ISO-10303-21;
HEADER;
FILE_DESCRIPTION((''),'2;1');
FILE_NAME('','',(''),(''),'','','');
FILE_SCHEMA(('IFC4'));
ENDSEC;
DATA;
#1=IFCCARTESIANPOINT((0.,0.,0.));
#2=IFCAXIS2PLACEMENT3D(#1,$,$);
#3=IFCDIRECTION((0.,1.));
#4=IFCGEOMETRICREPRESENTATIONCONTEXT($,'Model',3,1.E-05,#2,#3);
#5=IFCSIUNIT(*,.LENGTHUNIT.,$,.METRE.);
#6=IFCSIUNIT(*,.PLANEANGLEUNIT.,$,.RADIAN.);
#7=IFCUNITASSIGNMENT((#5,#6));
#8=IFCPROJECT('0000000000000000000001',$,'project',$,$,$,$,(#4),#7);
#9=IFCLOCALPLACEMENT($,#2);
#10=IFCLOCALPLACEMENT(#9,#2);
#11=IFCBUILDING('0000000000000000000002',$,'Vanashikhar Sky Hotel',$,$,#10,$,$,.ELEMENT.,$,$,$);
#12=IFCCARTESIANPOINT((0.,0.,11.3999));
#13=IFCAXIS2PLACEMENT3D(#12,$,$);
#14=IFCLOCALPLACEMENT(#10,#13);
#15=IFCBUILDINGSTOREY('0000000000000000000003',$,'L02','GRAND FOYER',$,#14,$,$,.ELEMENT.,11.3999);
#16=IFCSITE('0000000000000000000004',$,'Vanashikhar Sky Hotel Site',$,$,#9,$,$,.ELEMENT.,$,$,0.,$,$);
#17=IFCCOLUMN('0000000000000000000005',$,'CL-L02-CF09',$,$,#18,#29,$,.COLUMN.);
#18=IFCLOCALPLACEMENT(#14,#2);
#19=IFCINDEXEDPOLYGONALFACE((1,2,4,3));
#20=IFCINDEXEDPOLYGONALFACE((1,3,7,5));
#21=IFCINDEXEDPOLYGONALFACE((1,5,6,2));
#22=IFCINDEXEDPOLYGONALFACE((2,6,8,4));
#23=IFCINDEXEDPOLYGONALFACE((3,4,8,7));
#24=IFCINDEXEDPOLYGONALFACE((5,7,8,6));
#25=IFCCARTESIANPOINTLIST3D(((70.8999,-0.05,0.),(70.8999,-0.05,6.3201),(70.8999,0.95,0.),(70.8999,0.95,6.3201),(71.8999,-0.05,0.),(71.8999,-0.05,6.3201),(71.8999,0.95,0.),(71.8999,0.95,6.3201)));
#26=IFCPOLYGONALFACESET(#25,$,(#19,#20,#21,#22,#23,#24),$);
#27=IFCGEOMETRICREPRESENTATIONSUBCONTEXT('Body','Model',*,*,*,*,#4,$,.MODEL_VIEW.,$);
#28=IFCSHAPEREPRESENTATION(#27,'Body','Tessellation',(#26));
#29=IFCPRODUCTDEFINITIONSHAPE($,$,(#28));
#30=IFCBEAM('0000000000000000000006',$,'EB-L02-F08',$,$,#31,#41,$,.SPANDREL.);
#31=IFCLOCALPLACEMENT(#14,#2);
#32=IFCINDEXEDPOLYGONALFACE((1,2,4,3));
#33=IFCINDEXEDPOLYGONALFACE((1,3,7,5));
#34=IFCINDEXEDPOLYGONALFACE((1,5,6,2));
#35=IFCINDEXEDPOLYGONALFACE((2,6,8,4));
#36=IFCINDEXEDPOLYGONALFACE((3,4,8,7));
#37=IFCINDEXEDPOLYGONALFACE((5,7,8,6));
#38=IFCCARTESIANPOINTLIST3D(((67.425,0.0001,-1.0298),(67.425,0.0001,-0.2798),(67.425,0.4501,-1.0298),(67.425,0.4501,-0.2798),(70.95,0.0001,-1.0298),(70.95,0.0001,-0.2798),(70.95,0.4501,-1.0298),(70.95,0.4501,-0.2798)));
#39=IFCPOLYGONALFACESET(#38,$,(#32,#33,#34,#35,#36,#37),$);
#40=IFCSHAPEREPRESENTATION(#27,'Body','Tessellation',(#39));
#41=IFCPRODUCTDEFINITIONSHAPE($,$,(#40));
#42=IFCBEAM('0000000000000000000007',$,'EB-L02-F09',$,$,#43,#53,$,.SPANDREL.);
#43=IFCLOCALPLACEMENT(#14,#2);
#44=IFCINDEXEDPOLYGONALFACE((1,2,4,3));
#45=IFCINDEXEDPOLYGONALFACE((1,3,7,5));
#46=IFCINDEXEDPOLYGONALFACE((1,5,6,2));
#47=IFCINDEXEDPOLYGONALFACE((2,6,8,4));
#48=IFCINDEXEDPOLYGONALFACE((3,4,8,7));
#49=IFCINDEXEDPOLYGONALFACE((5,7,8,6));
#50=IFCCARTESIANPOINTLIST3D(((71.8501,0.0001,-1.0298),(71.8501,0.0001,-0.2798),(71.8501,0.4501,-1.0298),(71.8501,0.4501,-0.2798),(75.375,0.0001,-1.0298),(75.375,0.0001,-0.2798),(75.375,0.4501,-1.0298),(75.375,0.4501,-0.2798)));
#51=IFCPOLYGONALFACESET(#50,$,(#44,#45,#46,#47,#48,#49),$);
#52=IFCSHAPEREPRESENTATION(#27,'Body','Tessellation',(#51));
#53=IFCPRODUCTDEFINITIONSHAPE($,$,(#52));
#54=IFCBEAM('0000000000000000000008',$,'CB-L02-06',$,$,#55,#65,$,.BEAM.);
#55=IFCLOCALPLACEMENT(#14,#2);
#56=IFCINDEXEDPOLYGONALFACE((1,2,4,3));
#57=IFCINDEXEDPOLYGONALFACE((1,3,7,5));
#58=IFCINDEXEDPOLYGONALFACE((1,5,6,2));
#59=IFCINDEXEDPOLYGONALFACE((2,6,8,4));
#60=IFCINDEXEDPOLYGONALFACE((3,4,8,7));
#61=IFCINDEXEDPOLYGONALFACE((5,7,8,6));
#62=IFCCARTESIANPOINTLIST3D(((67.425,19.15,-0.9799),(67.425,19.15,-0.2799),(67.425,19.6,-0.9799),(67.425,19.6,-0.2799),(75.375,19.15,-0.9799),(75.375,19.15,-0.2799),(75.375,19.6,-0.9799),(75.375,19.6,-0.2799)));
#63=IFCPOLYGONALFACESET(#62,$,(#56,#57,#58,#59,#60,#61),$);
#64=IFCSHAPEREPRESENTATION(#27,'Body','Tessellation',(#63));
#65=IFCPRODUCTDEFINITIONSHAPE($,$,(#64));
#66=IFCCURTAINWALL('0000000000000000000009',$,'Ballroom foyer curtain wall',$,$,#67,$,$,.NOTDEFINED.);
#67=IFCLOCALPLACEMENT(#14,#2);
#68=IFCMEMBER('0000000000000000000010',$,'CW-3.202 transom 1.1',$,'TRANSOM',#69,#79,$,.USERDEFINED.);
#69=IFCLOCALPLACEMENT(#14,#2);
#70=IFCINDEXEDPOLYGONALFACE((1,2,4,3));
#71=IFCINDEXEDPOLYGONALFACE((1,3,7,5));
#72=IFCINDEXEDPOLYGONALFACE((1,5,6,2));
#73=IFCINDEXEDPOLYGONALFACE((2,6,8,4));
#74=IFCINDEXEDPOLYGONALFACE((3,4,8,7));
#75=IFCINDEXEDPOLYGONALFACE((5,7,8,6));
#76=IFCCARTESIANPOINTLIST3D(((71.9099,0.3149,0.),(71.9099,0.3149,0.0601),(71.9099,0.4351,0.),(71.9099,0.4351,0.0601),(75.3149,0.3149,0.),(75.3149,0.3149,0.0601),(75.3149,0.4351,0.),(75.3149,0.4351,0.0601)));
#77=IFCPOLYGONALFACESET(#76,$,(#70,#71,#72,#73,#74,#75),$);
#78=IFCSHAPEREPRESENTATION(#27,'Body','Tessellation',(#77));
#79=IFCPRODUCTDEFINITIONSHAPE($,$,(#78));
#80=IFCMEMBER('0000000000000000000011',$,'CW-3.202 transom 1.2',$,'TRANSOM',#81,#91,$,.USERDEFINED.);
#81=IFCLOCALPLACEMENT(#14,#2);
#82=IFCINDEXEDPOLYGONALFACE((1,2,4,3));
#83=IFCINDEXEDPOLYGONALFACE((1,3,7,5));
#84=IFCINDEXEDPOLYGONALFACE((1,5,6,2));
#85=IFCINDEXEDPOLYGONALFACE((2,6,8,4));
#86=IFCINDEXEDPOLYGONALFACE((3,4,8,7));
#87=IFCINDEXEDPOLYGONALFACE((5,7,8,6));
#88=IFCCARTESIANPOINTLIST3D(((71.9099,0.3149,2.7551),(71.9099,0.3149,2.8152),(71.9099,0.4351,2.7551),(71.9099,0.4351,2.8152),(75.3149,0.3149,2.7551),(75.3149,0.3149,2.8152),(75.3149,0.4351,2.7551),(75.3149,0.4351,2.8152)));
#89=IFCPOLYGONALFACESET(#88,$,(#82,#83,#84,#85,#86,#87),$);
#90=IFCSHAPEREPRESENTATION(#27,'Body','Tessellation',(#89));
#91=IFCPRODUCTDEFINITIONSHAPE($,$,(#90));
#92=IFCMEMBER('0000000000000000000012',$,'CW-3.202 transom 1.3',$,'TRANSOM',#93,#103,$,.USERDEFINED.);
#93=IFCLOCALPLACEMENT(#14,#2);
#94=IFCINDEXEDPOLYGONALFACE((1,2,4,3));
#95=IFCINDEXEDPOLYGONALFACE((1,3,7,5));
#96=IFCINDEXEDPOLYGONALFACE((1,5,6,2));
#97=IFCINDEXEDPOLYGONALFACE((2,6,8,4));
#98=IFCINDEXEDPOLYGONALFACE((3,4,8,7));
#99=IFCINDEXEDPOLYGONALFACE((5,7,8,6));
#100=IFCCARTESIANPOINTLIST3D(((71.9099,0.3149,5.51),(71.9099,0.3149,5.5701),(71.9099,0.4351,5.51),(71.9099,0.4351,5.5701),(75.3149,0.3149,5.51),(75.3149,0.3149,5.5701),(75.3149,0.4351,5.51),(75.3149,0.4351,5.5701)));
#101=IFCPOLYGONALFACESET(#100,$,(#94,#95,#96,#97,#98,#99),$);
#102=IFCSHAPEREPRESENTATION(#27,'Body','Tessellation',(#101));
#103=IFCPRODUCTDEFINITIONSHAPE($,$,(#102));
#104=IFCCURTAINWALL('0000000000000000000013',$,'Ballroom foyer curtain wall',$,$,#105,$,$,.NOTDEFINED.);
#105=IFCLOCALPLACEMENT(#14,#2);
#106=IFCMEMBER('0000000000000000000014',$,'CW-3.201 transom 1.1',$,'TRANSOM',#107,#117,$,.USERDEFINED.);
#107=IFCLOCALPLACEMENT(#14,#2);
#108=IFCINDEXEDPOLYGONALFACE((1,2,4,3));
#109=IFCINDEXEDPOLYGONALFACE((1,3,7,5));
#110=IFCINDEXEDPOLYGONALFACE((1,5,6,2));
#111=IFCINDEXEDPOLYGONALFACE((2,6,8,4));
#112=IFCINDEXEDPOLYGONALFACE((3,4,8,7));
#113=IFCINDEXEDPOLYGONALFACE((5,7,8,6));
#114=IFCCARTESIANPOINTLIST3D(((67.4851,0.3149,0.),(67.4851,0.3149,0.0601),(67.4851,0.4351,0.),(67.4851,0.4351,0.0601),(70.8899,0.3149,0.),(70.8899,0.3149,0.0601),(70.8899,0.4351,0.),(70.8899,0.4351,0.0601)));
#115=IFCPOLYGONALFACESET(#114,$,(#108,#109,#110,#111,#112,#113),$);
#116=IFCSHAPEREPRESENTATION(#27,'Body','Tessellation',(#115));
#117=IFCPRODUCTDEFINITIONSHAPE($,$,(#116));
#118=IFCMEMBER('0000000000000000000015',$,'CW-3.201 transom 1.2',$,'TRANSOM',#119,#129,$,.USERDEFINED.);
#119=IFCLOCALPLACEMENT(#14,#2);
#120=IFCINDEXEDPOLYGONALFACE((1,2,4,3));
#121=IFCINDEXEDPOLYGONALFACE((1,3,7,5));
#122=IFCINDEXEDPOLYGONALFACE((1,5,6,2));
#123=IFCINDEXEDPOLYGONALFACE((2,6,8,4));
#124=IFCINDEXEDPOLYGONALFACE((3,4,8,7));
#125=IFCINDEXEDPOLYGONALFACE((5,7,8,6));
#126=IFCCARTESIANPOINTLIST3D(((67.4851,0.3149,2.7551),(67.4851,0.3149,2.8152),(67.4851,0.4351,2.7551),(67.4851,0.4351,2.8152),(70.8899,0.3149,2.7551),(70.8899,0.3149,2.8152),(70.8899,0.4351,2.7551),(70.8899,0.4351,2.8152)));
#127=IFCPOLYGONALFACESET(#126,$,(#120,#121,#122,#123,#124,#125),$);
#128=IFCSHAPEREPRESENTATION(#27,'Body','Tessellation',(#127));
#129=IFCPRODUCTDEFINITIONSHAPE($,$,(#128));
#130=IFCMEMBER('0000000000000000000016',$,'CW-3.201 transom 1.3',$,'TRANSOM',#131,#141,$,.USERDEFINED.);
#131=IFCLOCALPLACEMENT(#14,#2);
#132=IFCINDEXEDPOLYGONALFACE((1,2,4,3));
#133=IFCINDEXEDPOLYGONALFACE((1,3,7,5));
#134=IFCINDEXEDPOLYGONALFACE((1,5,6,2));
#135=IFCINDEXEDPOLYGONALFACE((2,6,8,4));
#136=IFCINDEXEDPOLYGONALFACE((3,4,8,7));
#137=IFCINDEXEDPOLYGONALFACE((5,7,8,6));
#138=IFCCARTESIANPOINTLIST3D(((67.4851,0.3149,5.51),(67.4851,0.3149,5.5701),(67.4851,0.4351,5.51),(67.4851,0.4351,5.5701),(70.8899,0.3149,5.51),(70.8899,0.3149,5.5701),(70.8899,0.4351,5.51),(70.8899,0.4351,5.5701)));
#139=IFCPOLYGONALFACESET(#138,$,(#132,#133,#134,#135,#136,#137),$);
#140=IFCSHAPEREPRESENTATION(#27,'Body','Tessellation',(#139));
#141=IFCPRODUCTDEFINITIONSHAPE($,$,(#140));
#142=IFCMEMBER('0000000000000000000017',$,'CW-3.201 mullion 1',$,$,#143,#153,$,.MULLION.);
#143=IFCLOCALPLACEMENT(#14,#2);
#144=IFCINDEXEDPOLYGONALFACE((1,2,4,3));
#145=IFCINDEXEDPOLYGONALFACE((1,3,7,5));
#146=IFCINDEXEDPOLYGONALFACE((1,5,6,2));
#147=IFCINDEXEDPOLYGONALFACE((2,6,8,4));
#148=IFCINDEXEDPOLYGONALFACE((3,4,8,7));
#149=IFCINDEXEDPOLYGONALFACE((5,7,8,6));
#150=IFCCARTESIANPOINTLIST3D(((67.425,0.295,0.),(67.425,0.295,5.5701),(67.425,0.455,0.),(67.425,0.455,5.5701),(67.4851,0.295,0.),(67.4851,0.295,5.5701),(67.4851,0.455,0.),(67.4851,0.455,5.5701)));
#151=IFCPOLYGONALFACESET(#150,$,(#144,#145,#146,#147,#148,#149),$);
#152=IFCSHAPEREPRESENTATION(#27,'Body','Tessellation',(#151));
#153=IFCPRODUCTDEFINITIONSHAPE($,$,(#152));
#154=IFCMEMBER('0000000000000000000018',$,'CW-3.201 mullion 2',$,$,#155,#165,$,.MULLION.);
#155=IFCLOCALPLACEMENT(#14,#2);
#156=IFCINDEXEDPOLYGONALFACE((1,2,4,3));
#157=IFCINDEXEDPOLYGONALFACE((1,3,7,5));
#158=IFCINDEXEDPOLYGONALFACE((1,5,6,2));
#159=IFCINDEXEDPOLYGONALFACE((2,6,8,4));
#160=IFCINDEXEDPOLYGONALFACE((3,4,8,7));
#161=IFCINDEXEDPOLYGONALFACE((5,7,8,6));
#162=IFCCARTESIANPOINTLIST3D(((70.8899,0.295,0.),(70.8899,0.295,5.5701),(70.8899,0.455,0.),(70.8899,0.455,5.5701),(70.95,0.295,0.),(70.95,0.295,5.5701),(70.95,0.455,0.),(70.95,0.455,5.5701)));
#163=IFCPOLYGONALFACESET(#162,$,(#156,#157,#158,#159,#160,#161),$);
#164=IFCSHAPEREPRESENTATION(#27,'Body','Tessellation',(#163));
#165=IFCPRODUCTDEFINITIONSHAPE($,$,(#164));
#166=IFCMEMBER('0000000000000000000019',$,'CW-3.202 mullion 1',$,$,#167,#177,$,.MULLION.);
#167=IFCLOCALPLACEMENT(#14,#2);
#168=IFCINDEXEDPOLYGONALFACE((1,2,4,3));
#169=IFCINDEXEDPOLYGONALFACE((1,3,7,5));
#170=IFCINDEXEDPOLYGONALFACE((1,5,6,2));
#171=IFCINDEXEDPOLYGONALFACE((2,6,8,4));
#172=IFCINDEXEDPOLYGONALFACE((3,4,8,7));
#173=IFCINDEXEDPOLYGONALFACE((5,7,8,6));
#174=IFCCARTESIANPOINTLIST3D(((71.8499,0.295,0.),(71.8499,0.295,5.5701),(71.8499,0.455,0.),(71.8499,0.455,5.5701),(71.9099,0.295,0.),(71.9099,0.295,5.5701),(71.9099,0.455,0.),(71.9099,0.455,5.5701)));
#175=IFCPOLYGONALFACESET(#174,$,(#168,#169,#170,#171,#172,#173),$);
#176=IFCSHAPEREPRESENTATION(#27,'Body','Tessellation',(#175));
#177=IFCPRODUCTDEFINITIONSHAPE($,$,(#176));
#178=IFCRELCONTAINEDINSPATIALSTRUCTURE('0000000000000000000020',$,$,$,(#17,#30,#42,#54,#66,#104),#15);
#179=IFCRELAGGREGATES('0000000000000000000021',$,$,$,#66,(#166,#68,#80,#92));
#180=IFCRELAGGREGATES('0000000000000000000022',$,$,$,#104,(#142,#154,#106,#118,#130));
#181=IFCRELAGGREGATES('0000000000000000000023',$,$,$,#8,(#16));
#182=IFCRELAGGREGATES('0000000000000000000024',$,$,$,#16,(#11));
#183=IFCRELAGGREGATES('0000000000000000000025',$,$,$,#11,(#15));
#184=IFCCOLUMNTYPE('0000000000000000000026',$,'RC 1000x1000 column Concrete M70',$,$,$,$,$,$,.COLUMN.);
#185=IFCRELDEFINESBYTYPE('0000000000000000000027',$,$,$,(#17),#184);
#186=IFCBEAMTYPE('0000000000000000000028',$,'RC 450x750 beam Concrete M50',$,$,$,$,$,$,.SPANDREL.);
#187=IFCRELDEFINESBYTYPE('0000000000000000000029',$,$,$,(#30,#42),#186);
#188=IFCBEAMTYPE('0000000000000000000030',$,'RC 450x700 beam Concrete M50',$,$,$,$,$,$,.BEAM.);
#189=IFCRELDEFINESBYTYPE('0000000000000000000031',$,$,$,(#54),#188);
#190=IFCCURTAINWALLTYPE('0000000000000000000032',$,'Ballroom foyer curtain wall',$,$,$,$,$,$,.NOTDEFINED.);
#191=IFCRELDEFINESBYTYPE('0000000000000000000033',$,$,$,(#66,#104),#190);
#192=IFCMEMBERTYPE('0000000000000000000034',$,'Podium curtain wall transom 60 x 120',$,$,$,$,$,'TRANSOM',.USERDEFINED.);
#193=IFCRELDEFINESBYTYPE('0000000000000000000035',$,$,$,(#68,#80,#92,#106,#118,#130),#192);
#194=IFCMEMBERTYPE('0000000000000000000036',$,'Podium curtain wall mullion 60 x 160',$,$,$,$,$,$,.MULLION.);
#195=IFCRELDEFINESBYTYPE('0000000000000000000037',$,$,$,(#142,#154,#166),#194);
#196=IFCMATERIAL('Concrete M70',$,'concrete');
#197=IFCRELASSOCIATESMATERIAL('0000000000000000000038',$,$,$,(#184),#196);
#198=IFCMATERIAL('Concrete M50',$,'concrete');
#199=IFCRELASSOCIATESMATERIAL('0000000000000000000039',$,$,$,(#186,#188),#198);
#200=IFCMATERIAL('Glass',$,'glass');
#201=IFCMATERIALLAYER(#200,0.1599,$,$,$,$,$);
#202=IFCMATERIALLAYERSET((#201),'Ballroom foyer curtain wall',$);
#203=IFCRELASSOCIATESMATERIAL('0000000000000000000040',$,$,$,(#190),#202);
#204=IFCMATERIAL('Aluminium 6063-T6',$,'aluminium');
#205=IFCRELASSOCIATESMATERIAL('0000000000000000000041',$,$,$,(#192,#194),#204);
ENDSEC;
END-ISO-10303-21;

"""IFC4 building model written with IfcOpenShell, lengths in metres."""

from ifc_helpers import new_model, si_unit, direction, frame, origin, origin_2d, place, context, subcontext, project, spatial, rectangle, extrude, source, transform, mapped, material, layer, layer_set, material_profile, profile_set, type_object, element, aggregate, save


model = new_model("IFC4")

# Units and contexts
model_context = context("Model", 3, precision=1e-05, world=origin(), true_north=direction((0.0, 1.0)))
body_context = subcontext(model_context, "Body", "Model", "MODEL_VIEW")
ifc_project = project(units=[si_unit("LENGTHUNIT", "METRE"), si_unit("PLANEANGLEUNIT", "RADIAN")], contexts=[model_context])

# Site, building, storey
site_placement = place(None, origin())
site = spatial("IfcSite", under=ifc_project, at=site_placement, Name="Vanashikhar Sky Hotel Site", CompositionType="ELEMENT", RefElevation=0.0)
building_placement = place(site_placement, origin())
building = spatial("IfcBuilding", under=site, at=building_placement, Name="Vanashikhar Sky Hotel", CompositionType="ELEMENT")
storey_placement = place(building_placement, frame((0.0, 0.0, 11.3999)))
storey = spatial("IfcBuildingStorey", under=building, at=storey_placement, Name="L02", Description="GRAND FOYER", CompositionType="ELEMENT", Elevation=11.3999)

# Column
ifc_material_1 = material(Name="Concrete M70", Category="concrete")
ifc_material_profile_1 = material_profile(ifc_material_1, rectangle(XDim=1.0, YDim=1.0, at=origin_2d()))
ifc_profile_set_1 = profile_set([ifc_material_profile_1], Name="RC 1000x1000 column Concrete M70")
column_type = type_object("IfcColumnType", Name="RC 1000x1000 column Concrete M70", PredefinedType="COLUMN", material=ifc_profile_set_1)
shared_shape_1 = source(origin(), body_context, "Body", "SweptSolid", [
    extrude(rectangle(XDim=1.0, YDim=1.0, at=origin_2d()), origin(), (0.0, 0.0, 1.0), 6.3201),
])
column_placement = place(storey_placement, frame((71.3999, 0.45, 0.0), z_axis=(0.0, 0.0, 1.0), x_axis=(1.0, 0.0, 0.0)))
element("IfcColumn", 1, at=column_placement, inside=storey, type_object=column_type, Name="CL-L02-CF09", PredefinedType="COLUMN", context=body_context, shape_type="MappedRepresentation", body=[
    mapped(shared_shape_1, transform((0.0, 0.0, 0.0), scale=1.0)),
])

# Beams
ifc_material_2 = material(Name="Concrete M50", Category="concrete")
ifc_material_profile_2 = material_profile(ifc_material_2, rectangle(XDim=0.45, YDim=0.75, at=origin_2d()))
ifc_profile_set_2 = profile_set([ifc_material_profile_2], Name="RC 450x750 beam Concrete M50")
beam_type_1 = type_object("IfcBeamType", Name="RC 450x750 beam Concrete M50", PredefinedType="SPANDREL", material=ifc_profile_set_2)
shared_shape_2 = source(origin(), body_context, "Body", "SweptSolid", [
    extrude(rectangle(XDim=0.45, YDim=0.75, at=origin_2d()), origin(), (0.0, 0.0, 1.0), 3.5249),
])
for number, where, z_axis, x_axis, name in (
    (2, (67.425, 0.2251, -0.6548), (1.0, 0.0, 0.0), (0.0, 1.0, 0.0), "EB-L02-F08"),
    (3, (71.8501, 0.2251, -0.6548), (1.0, 0.0, 0.0), (0.0, 1.0, 0.0), "EB-L02-F09"),
):
    element("IfcBeam", number, at=place(storey_placement, frame(where, z_axis=z_axis, x_axis=x_axis)), inside=storey, type_object=beam_type_1, Name=name, PredefinedType="SPANDREL", context=body_context, shape_type="MappedRepresentation", body=[
        mapped(shared_shape_2, transform((0.0, 0.0, 0.0), scale=1.0)),
    ])
ifc_material_profile_3 = material_profile(ifc_material_2, rectangle(XDim=0.45, YDim=0.7, at=origin_2d()))
ifc_profile_set_3 = profile_set([ifc_material_profile_3], Name="RC 450x700 beam Concrete M50")
beam_type_2 = type_object("IfcBeamType", Name="RC 450x700 beam Concrete M50", PredefinedType="BEAM", material=ifc_profile_set_3)
shared_shape_3 = source(origin(), body_context, "Body", "SweptSolid", [
    extrude(rectangle(XDim=0.45, YDim=0.7, at=origin_2d()), origin(), (0.0, 0.0, 1.0), 7.95),
])
beam_placement = place(storey_placement, frame((67.425, 19.375, -0.6299), z_axis=(1.0, 0.0, 0.0), x_axis=(0.0, 1.0, 0.0)))
element("IfcBeam", 4, at=beam_placement, inside=storey, type_object=beam_type_2, Name="CB-L02-06", PredefinedType="BEAM", context=body_context, shape_type="MappedRepresentation", body=[
    mapped(shared_shape_3, transform((0.0, 0.0, 0.0), scale=1.0)),
])

# Curtain walls, members
ifc_material_3 = material(Name="Glass", Category="glass")
ifc_layer_1 = layer(ifc_material_3, 0.1599)
ifc_layer_set_1 = layer_set([ifc_layer_1], Name="Ballroom foyer curtain wall")
curtain_wall_type = type_object("IfcCurtainWallType", Name="Ballroom foyer curtain wall", PredefinedType="NOTDEFINED", material=ifc_layer_set_1)
curtain_wall_1_placement = place(storey_placement, origin())
curtain_wall_1 = element("IfcCurtainWall", 5, at=curtain_wall_1_placement, inside=storey, type_object=curtain_wall_type, Name="Ballroom foyer curtain wall", PredefinedType="NOTDEFINED")
ifc_material_4 = material(Name="Aluminium 6063-T6", Category="aluminium")
ifc_material_profile_4 = material_profile(ifc_material_4, rectangle(XDim=0.1201, YDim=0.0601, at=origin_2d()))
ifc_profile_set_4 = profile_set([ifc_material_profile_4], Name="Aluminium 6063-T6")
member_type_1 = type_object("IfcMemberType", Name="Podium curtain wall transom 60 x 120", ElementType="TRANSOM", PredefinedType="USERDEFINED", material=ifc_profile_set_4)
shared_shape_4 = source(origin(), body_context, "Body", "SweptSolid", [
    extrude(rectangle(XDim=0.1201, YDim=0.0601, at=origin_2d()), origin(), (0.0, 0.0, 1.0), 3.405),
])
member_1_placement = place(storey_placement, frame((71.9099, 0.375, 0.03), z_axis=(1.0, 0.0, 0.0), x_axis=(0.0, 1.0, 0.0)))
member_1 = element("IfcMember", 6, at=member_1_placement, type_object=member_type_1, Name="CW-3.202 transom 1.1", ObjectType="TRANSOM", PredefinedType="USERDEFINED", context=body_context, shape_type="MappedRepresentation", body=[
    mapped(shared_shape_4, transform((0.0, 0.0, 0.0), scale=1.0)),
])
member_2_placement = place(storey_placement, frame((71.9099, 0.375, 2.7852), z_axis=(1.0, 0.0, 0.0), x_axis=(0.0, 1.0, 0.0)))
member_2 = element("IfcMember", 7, at=member_2_placement, type_object=member_type_1, Name="CW-3.202 transom 1.2", ObjectType="TRANSOM", PredefinedType="USERDEFINED", context=body_context, shape_type="MappedRepresentation", body=[
    mapped(shared_shape_4, transform((0.0, 0.0, 0.0), scale=1.0)),
])
member_3_placement = place(storey_placement, frame((71.9099, 0.375, 5.54), z_axis=(1.0, 0.0, 0.0), x_axis=(0.0, 1.0, 0.0)))
member_3 = element("IfcMember", 8, at=member_3_placement, type_object=member_type_1, Name="CW-3.202 transom 1.3", ObjectType="TRANSOM", PredefinedType="USERDEFINED", context=body_context, shape_type="MappedRepresentation", body=[
    mapped(shared_shape_4, transform((0.0, 0.0, 0.0), scale=1.0)),
])
curtain_wall_2_placement = place(storey_placement, origin())
curtain_wall_2 = element("IfcCurtainWall", 9, at=curtain_wall_2_placement, inside=storey, type_object=curtain_wall_type, Name="Ballroom foyer curtain wall", PredefinedType="NOTDEFINED")
shared_shape_5 = source(origin(), body_context, "Body", "SweptSolid", [
    extrude(rectangle(XDim=0.1201, YDim=0.0601, at=origin_2d()), origin(), (0.0, 0.0, 1.0), 3.4048),
])
member_4_placement = place(storey_placement, frame((67.4851, 0.375, 0.03), z_axis=(1.0, 0.0, 0.0), x_axis=(0.0, 1.0, 0.0)))
member_4 = element("IfcMember", 10, at=member_4_placement, type_object=member_type_1, Name="CW-3.201 transom 1.1", ObjectType="TRANSOM", PredefinedType="USERDEFINED", context=body_context, shape_type="MappedRepresentation", body=[
    mapped(shared_shape_5, transform((0.0, 0.0, 0.0), scale=1.0)),
])
member_5_placement = place(storey_placement, frame((67.4851, 0.375, 2.7852), z_axis=(1.0, 0.0, 0.0), x_axis=(0.0, 1.0, 0.0)))
member_5 = element("IfcMember", 11, at=member_5_placement, type_object=member_type_1, Name="CW-3.201 transom 1.2", ObjectType="TRANSOM", PredefinedType="USERDEFINED", context=body_context, shape_type="MappedRepresentation", body=[
    mapped(shared_shape_5, transform((0.0, 0.0, 0.0), scale=1.0)),
])
member_6_placement = place(storey_placement, frame((67.4851, 0.375, 5.54), z_axis=(1.0, 0.0, 0.0), x_axis=(0.0, 1.0, 0.0)))
member_6 = element("IfcMember", 12, at=member_6_placement, type_object=member_type_1, Name="CW-3.201 transom 1.3", ObjectType="TRANSOM", PredefinedType="USERDEFINED", context=body_context, shape_type="MappedRepresentation", body=[
    mapped(shared_shape_5, transform((0.0, 0.0, 0.0), scale=1.0)),
])
ifc_material_profile_5 = material_profile(ifc_material_4, rectangle(XDim=0.1599, YDim=0.0601, at=origin_2d()))
ifc_profile_set_5 = profile_set([ifc_material_profile_5], Name="Aluminium 6063-T6")
member_type_2 = type_object("IfcMemberType", Name="Podium curtain wall mullion 60 x 160", PredefinedType="MULLION", material=ifc_profile_set_5)
shared_shape_6 = source(origin(), body_context, "Body", "SweptSolid", [
    extrude(rectangle(XDim=0.1599, YDim=0.0601, at=origin_2d()), origin(), (0.0, 0.0, 1.0), 5.5701),
])
member_7_placement = place(storey_placement, frame((67.4551, 0.375, 0.0), z_axis=(0.0, 0.0, 1.0), x_axis=(0.0, 1.0, 0.0)))
member_7 = element("IfcMember", 13, at=member_7_placement, type_object=member_type_2, Name="CW-3.201 mullion 1", PredefinedType="MULLION", context=body_context, shape_type="MappedRepresentation", body=[
    mapped(shared_shape_6, transform((0.0, 0.0, 0.0), scale=1.0)),
])
member_8_placement = place(storey_placement, frame((70.9199, 0.375, 0.0), z_axis=(0.0, 0.0, 1.0), x_axis=(0.0, 1.0, 0.0)))
member_8 = element("IfcMember", 14, at=member_8_placement, type_object=member_type_2, Name="CW-3.201 mullion 2", PredefinedType="MULLION", context=body_context, shape_type="MappedRepresentation", body=[
    mapped(shared_shape_6, transform((0.0, 0.0, 0.0), scale=1.0)),
])

# Member
member_9_placement = place(storey_placement, frame((71.8799, 0.375, 0.0), z_axis=(0.0, 0.0, 1.0), x_axis=(0.0, 1.0, 0.0)))
member_9 = element("IfcMember", 15, at=member_9_placement, type_object=member_type_2, Name="CW-3.202 mullion 1", PredefinedType="MULLION", context=body_context, shape_type="MappedRepresentation", body=[
    mapped(shared_shape_6, transform((0.0, 0.0, 0.0), scale=1.0)),
])
aggregate(curtain_wall_1, [member_9, member_1, member_2, member_3])

aggregate(curtain_wall_2, [member_7, member_8, member_4, member_5, member_6])

save(model, "model.ifc")
